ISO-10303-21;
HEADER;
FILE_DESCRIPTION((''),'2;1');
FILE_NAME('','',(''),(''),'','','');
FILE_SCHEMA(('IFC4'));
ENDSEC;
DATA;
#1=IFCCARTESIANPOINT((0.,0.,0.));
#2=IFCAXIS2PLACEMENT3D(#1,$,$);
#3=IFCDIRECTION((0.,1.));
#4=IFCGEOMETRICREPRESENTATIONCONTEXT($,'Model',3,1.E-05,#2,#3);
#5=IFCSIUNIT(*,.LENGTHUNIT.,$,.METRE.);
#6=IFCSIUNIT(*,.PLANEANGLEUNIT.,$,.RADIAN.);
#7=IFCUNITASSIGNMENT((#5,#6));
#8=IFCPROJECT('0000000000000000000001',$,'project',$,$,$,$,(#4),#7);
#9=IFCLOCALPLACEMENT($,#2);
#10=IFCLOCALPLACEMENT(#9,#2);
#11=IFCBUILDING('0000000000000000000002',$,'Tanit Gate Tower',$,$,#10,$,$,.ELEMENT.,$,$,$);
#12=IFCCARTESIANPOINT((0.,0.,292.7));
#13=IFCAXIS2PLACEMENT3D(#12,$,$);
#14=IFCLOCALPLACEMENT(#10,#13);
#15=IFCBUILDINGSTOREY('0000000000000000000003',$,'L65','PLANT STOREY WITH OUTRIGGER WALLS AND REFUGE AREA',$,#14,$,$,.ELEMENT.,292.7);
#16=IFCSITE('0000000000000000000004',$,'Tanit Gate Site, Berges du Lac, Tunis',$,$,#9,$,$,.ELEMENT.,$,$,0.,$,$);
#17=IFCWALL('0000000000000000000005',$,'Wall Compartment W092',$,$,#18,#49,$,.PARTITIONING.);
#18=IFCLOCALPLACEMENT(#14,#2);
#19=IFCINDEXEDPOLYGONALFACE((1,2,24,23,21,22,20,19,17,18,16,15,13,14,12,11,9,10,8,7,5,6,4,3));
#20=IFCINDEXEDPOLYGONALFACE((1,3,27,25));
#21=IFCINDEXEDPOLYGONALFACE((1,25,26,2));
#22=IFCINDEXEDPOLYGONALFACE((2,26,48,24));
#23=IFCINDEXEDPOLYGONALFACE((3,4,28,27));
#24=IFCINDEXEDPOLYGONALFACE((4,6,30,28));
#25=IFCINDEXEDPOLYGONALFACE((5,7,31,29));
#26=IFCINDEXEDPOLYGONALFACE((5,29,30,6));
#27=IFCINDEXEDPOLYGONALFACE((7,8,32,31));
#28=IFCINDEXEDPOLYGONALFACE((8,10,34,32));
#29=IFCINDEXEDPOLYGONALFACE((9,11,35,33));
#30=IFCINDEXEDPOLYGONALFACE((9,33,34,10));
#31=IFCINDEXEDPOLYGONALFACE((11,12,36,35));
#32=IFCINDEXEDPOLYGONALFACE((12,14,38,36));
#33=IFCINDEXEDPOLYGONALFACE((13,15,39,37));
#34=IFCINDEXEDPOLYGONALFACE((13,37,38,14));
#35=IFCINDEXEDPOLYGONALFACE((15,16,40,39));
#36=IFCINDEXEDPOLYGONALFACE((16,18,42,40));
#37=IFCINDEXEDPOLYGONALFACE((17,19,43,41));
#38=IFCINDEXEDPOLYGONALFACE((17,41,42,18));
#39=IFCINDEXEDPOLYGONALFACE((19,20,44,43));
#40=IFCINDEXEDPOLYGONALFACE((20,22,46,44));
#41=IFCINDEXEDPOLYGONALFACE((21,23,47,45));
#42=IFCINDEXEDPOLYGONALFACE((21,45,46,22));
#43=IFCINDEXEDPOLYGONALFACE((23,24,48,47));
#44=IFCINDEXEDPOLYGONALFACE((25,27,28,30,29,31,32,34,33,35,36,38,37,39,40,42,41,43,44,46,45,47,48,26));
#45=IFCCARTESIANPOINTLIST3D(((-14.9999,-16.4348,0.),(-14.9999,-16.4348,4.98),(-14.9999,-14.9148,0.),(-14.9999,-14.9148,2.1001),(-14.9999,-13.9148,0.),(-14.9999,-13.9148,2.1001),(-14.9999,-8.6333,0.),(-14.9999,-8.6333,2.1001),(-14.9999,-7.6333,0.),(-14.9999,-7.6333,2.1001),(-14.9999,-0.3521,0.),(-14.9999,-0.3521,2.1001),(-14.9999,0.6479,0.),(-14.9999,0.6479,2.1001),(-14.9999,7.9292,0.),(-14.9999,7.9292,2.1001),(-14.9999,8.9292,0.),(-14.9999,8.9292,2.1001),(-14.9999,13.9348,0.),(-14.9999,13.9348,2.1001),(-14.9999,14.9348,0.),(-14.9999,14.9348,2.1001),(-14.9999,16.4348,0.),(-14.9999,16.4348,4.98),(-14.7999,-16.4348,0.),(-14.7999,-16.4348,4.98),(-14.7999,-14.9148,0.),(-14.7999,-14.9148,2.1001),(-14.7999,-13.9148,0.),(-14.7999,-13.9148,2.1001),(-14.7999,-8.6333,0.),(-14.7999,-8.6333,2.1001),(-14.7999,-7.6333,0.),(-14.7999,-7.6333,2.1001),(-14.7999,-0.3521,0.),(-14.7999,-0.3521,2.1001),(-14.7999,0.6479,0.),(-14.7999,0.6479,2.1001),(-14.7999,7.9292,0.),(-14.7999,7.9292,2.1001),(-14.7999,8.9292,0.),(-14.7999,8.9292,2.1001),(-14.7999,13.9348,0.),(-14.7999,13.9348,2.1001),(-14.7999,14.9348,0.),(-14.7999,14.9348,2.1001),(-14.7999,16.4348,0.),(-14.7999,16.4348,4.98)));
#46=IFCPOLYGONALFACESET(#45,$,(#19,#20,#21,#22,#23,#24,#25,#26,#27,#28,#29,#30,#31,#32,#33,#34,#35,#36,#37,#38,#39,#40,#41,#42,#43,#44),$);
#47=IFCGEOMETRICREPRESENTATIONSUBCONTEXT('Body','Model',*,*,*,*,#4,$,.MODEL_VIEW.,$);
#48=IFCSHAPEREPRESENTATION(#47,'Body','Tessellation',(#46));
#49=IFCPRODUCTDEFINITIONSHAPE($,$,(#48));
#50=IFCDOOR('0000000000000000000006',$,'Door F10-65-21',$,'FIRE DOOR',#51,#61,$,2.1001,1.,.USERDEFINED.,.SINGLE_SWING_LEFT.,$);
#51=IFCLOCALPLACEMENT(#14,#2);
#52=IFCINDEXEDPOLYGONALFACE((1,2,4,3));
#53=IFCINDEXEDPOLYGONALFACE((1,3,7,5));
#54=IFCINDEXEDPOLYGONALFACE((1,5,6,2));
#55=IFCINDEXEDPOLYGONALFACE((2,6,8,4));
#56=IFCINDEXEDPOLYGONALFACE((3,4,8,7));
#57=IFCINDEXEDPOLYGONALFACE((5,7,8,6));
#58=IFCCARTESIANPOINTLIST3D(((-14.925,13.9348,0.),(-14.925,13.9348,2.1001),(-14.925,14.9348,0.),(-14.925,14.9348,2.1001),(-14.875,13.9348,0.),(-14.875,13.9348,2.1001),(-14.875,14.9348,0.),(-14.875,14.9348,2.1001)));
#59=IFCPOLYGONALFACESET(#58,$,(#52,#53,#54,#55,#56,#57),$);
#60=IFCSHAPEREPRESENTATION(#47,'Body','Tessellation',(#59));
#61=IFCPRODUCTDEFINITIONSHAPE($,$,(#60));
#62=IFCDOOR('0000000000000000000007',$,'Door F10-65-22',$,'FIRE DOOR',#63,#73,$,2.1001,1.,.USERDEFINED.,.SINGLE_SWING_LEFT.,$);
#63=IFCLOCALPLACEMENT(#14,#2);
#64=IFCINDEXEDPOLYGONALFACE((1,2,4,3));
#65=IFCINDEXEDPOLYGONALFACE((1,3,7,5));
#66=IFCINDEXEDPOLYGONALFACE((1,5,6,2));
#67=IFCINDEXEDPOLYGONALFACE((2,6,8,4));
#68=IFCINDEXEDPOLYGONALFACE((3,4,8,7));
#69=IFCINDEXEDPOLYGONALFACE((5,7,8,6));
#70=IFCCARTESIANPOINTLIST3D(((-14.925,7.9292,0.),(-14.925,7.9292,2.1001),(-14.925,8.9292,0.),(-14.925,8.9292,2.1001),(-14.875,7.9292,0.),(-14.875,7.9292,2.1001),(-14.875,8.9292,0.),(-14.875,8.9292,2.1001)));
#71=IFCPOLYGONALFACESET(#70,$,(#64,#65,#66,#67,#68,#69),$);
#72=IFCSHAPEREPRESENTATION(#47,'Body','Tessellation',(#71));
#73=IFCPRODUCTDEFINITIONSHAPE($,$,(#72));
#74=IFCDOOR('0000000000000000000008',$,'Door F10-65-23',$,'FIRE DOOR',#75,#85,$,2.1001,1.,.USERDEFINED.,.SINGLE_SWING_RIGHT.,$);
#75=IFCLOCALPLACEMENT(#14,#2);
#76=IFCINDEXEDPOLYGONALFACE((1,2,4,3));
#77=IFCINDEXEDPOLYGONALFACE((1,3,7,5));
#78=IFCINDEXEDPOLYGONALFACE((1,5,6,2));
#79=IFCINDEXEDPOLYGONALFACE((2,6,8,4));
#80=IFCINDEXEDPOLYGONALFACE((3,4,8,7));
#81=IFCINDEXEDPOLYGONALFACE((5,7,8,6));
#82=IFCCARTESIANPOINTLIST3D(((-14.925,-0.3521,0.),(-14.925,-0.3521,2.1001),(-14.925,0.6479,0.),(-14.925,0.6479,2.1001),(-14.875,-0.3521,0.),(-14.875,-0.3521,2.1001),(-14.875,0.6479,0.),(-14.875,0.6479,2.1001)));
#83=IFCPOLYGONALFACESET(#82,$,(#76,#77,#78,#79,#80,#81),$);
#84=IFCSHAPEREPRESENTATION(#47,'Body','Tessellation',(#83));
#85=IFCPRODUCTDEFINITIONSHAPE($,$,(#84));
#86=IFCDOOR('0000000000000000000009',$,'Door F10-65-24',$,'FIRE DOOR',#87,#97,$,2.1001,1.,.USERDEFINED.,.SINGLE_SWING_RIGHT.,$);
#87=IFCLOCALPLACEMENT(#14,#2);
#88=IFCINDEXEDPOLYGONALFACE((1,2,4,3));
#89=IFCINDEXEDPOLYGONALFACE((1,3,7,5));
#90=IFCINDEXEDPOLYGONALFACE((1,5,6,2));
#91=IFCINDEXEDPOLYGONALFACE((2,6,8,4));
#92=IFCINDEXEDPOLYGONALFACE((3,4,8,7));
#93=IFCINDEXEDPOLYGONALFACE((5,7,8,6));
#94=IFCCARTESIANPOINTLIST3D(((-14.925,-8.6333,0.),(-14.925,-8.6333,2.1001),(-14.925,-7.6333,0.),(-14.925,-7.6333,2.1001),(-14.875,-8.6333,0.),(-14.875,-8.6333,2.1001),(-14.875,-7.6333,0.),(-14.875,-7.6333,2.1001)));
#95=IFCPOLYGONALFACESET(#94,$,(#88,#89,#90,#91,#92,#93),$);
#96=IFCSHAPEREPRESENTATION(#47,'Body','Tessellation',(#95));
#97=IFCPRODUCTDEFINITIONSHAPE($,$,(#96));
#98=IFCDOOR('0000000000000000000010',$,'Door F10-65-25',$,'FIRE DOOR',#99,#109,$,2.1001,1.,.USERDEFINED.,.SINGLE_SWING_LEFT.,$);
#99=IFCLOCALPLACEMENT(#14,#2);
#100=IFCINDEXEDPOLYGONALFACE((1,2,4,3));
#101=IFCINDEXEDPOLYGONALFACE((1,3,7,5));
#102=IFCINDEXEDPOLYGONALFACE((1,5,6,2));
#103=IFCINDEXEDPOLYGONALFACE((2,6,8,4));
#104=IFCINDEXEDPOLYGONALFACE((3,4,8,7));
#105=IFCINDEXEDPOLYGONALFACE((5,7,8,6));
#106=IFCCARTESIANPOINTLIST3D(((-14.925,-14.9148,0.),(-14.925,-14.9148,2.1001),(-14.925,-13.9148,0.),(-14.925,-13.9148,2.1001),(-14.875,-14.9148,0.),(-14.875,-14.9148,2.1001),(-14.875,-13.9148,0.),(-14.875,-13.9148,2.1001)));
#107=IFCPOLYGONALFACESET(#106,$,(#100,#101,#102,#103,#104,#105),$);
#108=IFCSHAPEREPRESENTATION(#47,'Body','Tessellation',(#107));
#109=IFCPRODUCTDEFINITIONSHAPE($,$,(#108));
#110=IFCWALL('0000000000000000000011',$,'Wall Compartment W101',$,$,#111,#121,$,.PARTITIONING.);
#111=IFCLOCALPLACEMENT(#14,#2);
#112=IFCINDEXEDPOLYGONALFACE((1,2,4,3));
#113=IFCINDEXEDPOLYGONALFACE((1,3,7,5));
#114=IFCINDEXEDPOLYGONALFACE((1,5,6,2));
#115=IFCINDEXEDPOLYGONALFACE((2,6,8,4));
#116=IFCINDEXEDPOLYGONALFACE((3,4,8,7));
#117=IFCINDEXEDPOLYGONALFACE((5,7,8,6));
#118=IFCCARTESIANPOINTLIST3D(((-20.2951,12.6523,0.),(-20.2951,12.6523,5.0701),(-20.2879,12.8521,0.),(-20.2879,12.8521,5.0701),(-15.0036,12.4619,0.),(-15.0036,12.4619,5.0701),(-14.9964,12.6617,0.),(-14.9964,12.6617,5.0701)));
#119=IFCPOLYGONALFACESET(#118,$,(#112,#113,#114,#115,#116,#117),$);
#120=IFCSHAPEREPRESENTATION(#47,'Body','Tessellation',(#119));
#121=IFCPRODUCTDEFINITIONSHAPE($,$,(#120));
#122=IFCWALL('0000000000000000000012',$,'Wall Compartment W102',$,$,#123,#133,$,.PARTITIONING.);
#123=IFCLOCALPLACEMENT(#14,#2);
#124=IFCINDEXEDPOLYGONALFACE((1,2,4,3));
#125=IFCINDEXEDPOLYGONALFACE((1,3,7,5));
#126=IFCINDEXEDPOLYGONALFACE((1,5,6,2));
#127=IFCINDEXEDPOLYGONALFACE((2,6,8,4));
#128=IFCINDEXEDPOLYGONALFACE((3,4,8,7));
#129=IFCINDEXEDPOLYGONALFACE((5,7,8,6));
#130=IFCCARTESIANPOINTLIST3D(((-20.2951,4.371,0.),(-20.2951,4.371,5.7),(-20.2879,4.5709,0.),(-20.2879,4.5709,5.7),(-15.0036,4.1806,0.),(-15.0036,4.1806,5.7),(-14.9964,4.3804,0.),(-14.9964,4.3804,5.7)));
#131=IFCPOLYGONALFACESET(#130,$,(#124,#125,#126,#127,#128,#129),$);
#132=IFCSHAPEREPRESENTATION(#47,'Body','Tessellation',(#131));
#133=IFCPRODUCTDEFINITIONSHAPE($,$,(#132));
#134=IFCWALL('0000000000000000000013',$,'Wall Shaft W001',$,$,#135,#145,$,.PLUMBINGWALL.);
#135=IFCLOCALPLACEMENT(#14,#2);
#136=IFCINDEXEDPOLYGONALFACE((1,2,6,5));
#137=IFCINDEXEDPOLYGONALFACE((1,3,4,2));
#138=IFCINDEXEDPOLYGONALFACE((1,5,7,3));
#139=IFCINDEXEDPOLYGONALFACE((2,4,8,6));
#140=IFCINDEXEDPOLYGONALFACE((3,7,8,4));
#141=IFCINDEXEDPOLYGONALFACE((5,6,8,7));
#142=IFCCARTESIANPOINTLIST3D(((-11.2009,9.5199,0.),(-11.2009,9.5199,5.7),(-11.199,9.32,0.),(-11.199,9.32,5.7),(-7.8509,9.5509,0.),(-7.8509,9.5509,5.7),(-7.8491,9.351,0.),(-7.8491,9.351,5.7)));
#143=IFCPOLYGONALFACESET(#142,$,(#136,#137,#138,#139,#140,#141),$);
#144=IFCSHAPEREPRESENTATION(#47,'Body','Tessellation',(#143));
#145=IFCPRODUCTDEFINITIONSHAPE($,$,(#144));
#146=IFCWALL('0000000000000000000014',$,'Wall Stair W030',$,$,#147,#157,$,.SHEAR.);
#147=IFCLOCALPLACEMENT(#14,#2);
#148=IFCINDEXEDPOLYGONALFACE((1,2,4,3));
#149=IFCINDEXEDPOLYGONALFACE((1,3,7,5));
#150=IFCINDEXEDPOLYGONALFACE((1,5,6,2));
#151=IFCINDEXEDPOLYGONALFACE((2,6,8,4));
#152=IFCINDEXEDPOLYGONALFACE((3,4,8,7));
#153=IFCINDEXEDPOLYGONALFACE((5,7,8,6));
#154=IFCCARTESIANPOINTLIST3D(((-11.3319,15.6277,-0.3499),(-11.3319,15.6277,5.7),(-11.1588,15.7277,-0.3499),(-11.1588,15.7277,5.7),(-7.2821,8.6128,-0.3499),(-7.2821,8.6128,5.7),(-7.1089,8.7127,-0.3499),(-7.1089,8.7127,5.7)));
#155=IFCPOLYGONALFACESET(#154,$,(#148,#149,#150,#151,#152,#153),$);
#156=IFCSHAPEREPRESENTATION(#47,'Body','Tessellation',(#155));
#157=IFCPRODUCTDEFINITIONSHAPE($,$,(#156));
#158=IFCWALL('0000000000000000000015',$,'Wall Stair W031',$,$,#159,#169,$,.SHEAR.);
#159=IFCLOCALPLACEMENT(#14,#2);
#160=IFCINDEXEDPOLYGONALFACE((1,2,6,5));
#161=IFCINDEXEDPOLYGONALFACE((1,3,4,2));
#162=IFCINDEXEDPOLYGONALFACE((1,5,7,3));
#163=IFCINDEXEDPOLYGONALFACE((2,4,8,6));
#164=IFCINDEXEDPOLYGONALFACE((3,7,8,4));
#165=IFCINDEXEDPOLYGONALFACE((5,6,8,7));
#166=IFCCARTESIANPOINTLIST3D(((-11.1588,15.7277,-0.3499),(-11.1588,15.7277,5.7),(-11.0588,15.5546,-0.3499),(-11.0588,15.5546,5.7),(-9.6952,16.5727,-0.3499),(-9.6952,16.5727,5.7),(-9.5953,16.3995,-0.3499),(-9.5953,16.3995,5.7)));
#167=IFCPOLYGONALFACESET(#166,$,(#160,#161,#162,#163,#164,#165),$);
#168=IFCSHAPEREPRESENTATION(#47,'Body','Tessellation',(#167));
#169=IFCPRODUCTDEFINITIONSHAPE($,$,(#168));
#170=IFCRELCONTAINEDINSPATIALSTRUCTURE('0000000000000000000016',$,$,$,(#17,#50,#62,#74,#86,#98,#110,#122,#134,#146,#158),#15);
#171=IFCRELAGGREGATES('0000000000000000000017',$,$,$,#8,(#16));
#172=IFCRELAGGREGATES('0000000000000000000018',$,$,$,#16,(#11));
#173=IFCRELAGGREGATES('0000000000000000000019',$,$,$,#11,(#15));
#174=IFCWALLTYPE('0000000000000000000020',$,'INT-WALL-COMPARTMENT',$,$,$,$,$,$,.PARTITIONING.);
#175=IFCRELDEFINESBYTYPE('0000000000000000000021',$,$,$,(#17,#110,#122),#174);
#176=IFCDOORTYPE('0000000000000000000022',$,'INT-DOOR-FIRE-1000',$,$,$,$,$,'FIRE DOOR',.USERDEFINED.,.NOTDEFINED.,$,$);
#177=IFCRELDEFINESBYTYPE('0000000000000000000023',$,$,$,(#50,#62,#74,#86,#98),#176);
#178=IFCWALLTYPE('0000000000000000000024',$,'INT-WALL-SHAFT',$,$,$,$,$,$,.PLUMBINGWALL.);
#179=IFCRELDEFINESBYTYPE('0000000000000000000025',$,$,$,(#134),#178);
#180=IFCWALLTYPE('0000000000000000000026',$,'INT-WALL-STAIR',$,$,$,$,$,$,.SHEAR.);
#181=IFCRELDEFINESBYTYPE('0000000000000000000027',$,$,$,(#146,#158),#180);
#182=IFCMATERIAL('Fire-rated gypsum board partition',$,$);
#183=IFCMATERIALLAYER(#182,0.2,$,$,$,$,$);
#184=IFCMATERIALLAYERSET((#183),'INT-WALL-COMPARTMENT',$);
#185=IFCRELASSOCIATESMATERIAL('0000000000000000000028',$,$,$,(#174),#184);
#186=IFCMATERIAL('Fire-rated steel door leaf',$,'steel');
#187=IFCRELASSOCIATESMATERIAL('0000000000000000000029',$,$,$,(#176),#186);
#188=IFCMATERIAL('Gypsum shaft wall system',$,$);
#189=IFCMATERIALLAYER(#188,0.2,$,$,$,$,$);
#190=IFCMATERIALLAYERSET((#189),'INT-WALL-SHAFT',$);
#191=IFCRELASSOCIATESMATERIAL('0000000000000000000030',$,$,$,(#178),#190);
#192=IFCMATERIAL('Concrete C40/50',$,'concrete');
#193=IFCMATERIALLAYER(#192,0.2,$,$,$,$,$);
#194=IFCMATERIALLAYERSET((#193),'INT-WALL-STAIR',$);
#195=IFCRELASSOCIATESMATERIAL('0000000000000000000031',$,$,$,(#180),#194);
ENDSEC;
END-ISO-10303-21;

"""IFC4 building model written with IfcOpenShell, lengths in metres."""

from ifc_helpers import new_model, si_unit, direction, frame, frame_2d, origin, place, context, subcontext, project, spatial, rectangle, extrude, material, layer, layer_set, type_object, element, fill, save


model = new_model("IFC4")

# Units and contexts
model_context = context("Model", 3, precision=1e-05, world=origin(), true_north=direction((0.0, 1.0)))
body_context = subcontext(model_context, "Body", "Model", "MODEL_VIEW")
ifc_project = project(units=[si_unit("LENGTHUNIT", "METRE"), si_unit("PLANEANGLEUNIT", "RADIAN")], contexts=[model_context])

# Site, building, storey
site_placement = place(None, origin())
site = spatial("IfcSite", under=ifc_project, at=site_placement, Name="Tanit Gate Site, Berges du Lac, Tunis", CompositionType="ELEMENT", RefElevation=0.0)
building_placement = place(site_placement, origin())
building = spatial("IfcBuilding", under=site, at=building_placement, Name="Tanit Gate Tower", CompositionType="ELEMENT")
storey_placement = place(building_placement, frame((0.0, 0.0, 292.7)))
storey = spatial("IfcBuildingStorey", under=building, at=storey_placement, Name="L65", Description="PLANT STOREY WITH OUTRIGGER WALLS AND REFUGE AREA", CompositionType="ELEMENT", Elevation=292.7)

# Wall, openings, doors
ifc_material_1 = material(Name="Fire-rated gypsum board partition")
ifc_layer_1 = layer(ifc_material_1, 0.2)
ifc_layer_set_1 = layer_set([ifc_layer_1], Name="INT-WALL-COMPARTMENT")
wall_type_1 = type_object("IfcWallType", Name="INT-WALL-COMPARTMENT", PredefinedType="PARTITIONING", material=ifc_layer_set_1)
wall_1_placement = place(storey_placement, frame((-14.8999, 16.4348, 0.0), z_axis=(0.0, 0.0, 1.0), x_axis=(0.0, -1.0, 0.0)))
wall_1 = element("IfcWall", 1, at=wall_1_placement, inside=storey, type_object=wall_type_1, Name="Wall Compartment W092", PredefinedType="PARTITIONING", context=body_context, shape_type="SweptSolid", body=[
    extrude(rectangle(XDim=32.8696, YDim=0.2, at=frame_2d((16.4348, 0.0))), origin(), (0.0, 0.0, 1.0), 4.98),
])
opening_1_placement = place(wall_1_placement, frame((1.5, 0.0, 0.0)))
opening_1 = element("IfcOpeningElement", 2, at=opening_1_placement, cuts=wall_1, PredefinedType="OPENING", context=body_context, shape_type="SweptSolid", body=[
    extrude(rectangle(XDim=1.0, YDim=2.1001, at=frame_2d((0.5, 1.05))), frame((0.0, 0.1099, 0.0), z_axis=(0.0, -1.0, 0.0), x_axis=(1.0, 0.0, 0.0)), (0.0, 0.0, 1.0), 0.22),
])
opening_2_placement = place(wall_1_placement, frame((7.5056, 0.0, 0.0)))
opening_2 = element("IfcOpeningElement", 3, at=opening_2_placement, cuts=wall_1, PredefinedType="OPENING", context=body_context, shape_type="SweptSolid", body=[
    extrude(rectangle(XDim=1.0, YDim=2.1001, at=frame_2d((0.5, 1.05))), frame((0.0, 0.1099, 0.0), z_axis=(0.0, -1.0, 0.0), x_axis=(1.0, 0.0, 0.0)), (0.0, 0.0, 1.0), 0.22),
])
opening_3_placement = place(wall_1_placement, frame((15.7869, 0.0, 0.0)))
opening_3 = element("IfcOpeningElement", 4, at=opening_3_placement, cuts=wall_1, PredefinedType="OPENING", context=body_context, shape_type="SweptSolid", body=[
    extrude(rectangle(XDim=1.0, YDim=2.1001, at=frame_2d((0.5, 1.05))), frame((0.0, 0.1099, 0.0), z_axis=(0.0, -1.0, 0.0), x_axis=(1.0, 0.0, 0.0)), (0.0, 0.0, 1.0), 0.22),
])
opening_4_placement = place(wall_1_placement, frame((24.0681, 0.0, 0.0)))
opening_4 = element("IfcOpeningElement", 5, at=opening_4_placement, cuts=wall_1, PredefinedType="OPENING", context=body_context, shape_type="SweptSolid", body=[
    extrude(rectangle(XDim=1.0, YDim=2.1001, at=frame_2d((0.5, 1.05))), frame((0.0, 0.1099, 0.0), z_axis=(0.0, -1.0, 0.0), x_axis=(1.0, 0.0, 0.0)), (0.0, 0.0, 1.0), 0.22),
])
opening_5_placement = place(wall_1_placement, frame((30.3496, 0.0, 0.0)))
opening_5 = element("IfcOpeningElement", 6, at=opening_5_placement, cuts=wall_1, PredefinedType="OPENING", context=body_context, shape_type="SweptSolid", body=[
    extrude(rectangle(XDim=1.0, YDim=2.1001, at=frame_2d((0.5, 1.05))), frame((0.0, 0.1099, 0.0), z_axis=(0.0, -1.0, 0.0), x_axis=(1.0, 0.0, 0.0)), (0.0, 0.0, 1.0), 0.22),
])
ifc_material_2 = material(Name="Fire-rated steel door leaf", Category="steel")
door_type_1 = type_object("IfcDoorType", Name="INT-DOOR-FIRE-1000", ElementType="FIRE DOOR", OperationType="NOTDEFINED", PredefinedType="USERDEFINED", material=ifc_material_2)
door_1_placement = place(opening_1_placement, origin())
door_1 = element("IfcDoor", 7, at=door_1_placement, inside=storey, type_object=door_type_1, Name="Door F10-65-21", ObjectType="FIRE DOOR", OperationType="SINGLE_SWING_LEFT", OverallHeight=2.1001, OverallWidth=1.0, PredefinedType="USERDEFINED", context=body_context, shape_type="SweptSolid", body=[
    extrude(rectangle(XDim=1.0, YDim=2.1001, at=frame_2d((0.5, 1.05))), frame((0.0, 0.0249, 0.0), z_axis=(0.0, -1.0, 0.0), x_axis=(1.0, 0.0, 0.0)), (0.0, 0.0, 1.0), 0.05),
])
fill(opening_1, door_1)
door_2_placement = place(opening_2_placement, origin())
door_2 = element("IfcDoor", 8, at=door_2_placement, inside=storey, type_object=door_type_1, Name="Door F10-65-22", ObjectType="FIRE DOOR", OperationType="SINGLE_SWING_LEFT", OverallHeight=2.1001, OverallWidth=1.0, PredefinedType="USERDEFINED", context=body_context, shape_type="SweptSolid", body=[
    extrude(rectangle(XDim=1.0, YDim=2.1001, at=frame_2d((0.5, 1.05))), frame((0.0, 0.0249, 0.0), z_axis=(0.0, -1.0, 0.0), x_axis=(1.0, 0.0, 0.0)), (0.0, 0.0, 1.0), 0.05),
])
fill(opening_2, door_2)
door_3_placement = place(opening_3_placement, origin())
door_3 = element("IfcDoor", 9, at=door_3_placement, inside=storey, type_object=door_type_1, Name="Door F10-65-23", ObjectType="FIRE DOOR", OperationType="SINGLE_SWING_RIGHT", OverallHeight=2.1001, OverallWidth=1.0, PredefinedType="USERDEFINED", context=body_context, shape_type="SweptSolid", body=[
    extrude(rectangle(XDim=1.0, YDim=2.1001, at=frame_2d((0.5, 1.05))), frame((0.0, 0.0249, 0.0), z_axis=(0.0, -1.0, 0.0), x_axis=(1.0, 0.0, 0.0)), (0.0, 0.0, 1.0), 0.05),
])
fill(opening_3, door_3)
door_4_placement = place(opening_4_placement, origin())
door_4 = element("IfcDoor", 10, at=door_4_placement, inside=storey, type_object=door_type_1, Name="Door F10-65-24", ObjectType="FIRE DOOR", OperationType="SINGLE_SWING_RIGHT", OverallHeight=2.1001, OverallWidth=1.0, PredefinedType="USERDEFINED", context=body_context, shape_type="SweptSolid", body=[
    extrude(rectangle(XDim=1.0, YDim=2.1001, at=frame_2d((0.5, 1.05))), frame((0.0, 0.0249, 0.0), z_axis=(0.0, -1.0, 0.0), x_axis=(1.0, 0.0, 0.0)), (0.0, 0.0, 1.0), 0.05),
])
fill(opening_4, door_4)
door_5_placement = place(opening_5_placement, origin())
door_5 = element("IfcDoor", 11, at=door_5_placement, inside=storey, type_object=door_type_1, Name="Door F10-65-25", ObjectType="FIRE DOOR", OperationType="SINGLE_SWING_LEFT", OverallHeight=2.1001, OverallWidth=1.0, PredefinedType="USERDEFINED", context=body_context, shape_type="SweptSolid", body=[
    extrude(rectangle(XDim=1.0, YDim=2.1001, at=frame_2d((0.5, 1.05))), frame((0.0, 0.0249, 0.0), z_axis=(0.0, -1.0, 0.0), x_axis=(1.0, 0.0, 0.0)), (0.0, 0.0, 1.0), 0.05),
])
fill(opening_5, door_5)

# Walls
wall_2_placement = place(storey_placement, frame((-20.2915, 12.7522, 0.0), z_axis=(0.0, 0.0, 1.0), x_axis=(0.999353, -0.035965, 0.0)))
element("IfcWall", 12, at=wall_2_placement, inside=storey, type_object=wall_type_1, Name="Wall Compartment W101", PredefinedType="PARTITIONING", context=body_context, shape_type="SweptSolid", body=[
    extrude(rectangle(XDim=5.2949, YDim=0.2, at=frame_2d((2.6475, 0.0))), origin(), (0.0, 0.0, 1.0), 5.0701),
])
wall_3_placement = place(storey_placement, frame((-20.2915, 4.4709, 0.0), z_axis=(0.0, 0.0, 1.0), x_axis=(0.999353, -0.035965, 0.0)))
element("IfcWall", 13, at=wall_3_placement, inside=storey, type_object=wall_type_1, Name="Wall Compartment W102", PredefinedType="PARTITIONING", context=body_context, shape_type="SweptSolid", body=[
    extrude(rectangle(XDim=5.2949, YDim=0.2, at=frame_2d((2.6475, 0.0))), origin(), (0.0, 0.0, 1.0), 5.7),
])
ifc_material_3 = material(Name="Gypsum shaft wall system")
ifc_layer_2 = layer(ifc_material_3, 0.2)
ifc_layer_set_2 = layer_set([ifc_layer_2], Name="INT-WALL-SHAFT")
wall_type_2 = type_object("IfcWallType", Name="INT-WALL-SHAFT", PredefinedType="PLUMBINGWALL", material=ifc_layer_set_2)
wall_4_placement = place(storey_placement, frame((-11.2, 9.4199, 0.0), z_axis=(0.0, 0.0, 1.0), x_axis=(0.999957, 0.009255, 0.0)))
element("IfcWall", 14, at=wall_4_placement, inside=storey, type_object=wall_type_2, Name="Wall Shaft W001", PredefinedType="PLUMBINGWALL", context=body_context, shape_type="SweptSolid", body=[
    extrude(rectangle(XDim=3.3501, YDim=0.2, at=frame_2d((1.675, 0.0))), origin(), (0.0, 0.0, 1.0), 5.7),
])
ifc_material_4 = material(Name="Concrete C40/50", Category="concrete")
ifc_layer_3 = layer(ifc_material_4, 0.2)
ifc_layer_set_3 = layer_set([ifc_layer_3], Name="INT-WALL-STAIR")
wall_type_3 = type_object("IfcWallType", Name="INT-WALL-STAIR", PredefinedType="SHEAR", material=ifc_layer_set_3)
wall_5_placement = place(storey_placement, frame((-11.2454, 15.6777, -0.3499), z_axis=(0.0, 0.0, 1.0), x_axis=(0.499977, -0.866039, 0.0)))
element("IfcWall", 15, at=wall_5_placement, inside=storey, type_object=wall_type_3, Name="Wall Stair W030", PredefinedType="SHEAR", context=body_context, shape_type="SweptSolid", body=[
    extrude(rectangle(XDim=8.1001, YDim=0.2, at=frame_2d((4.05, 0.0))), origin(), (0.0, 0.0, 1.0), 6.0498),
])
wall_6_placement = place(storey_placement, frame((-9.6453, 16.4861, -0.3499), z_axis=(0.0, 0.0, 1.0), x_axis=(-0.866039, -0.499977, 0.0)))
element("IfcWall", 16, at=wall_6_placement, inside=storey, type_object=wall_type_3, Name="Wall Stair W031", PredefinedType="SHEAR", context=body_context, shape_type="SweptSolid", body=[
    extrude(rectangle(XDim=1.6899, YDim=0.2, at=frame_2d((0.845, 0.0))), origin(), (0.0, 0.0, 1.0), 6.0498),
])

save(model, "model.ifc")
